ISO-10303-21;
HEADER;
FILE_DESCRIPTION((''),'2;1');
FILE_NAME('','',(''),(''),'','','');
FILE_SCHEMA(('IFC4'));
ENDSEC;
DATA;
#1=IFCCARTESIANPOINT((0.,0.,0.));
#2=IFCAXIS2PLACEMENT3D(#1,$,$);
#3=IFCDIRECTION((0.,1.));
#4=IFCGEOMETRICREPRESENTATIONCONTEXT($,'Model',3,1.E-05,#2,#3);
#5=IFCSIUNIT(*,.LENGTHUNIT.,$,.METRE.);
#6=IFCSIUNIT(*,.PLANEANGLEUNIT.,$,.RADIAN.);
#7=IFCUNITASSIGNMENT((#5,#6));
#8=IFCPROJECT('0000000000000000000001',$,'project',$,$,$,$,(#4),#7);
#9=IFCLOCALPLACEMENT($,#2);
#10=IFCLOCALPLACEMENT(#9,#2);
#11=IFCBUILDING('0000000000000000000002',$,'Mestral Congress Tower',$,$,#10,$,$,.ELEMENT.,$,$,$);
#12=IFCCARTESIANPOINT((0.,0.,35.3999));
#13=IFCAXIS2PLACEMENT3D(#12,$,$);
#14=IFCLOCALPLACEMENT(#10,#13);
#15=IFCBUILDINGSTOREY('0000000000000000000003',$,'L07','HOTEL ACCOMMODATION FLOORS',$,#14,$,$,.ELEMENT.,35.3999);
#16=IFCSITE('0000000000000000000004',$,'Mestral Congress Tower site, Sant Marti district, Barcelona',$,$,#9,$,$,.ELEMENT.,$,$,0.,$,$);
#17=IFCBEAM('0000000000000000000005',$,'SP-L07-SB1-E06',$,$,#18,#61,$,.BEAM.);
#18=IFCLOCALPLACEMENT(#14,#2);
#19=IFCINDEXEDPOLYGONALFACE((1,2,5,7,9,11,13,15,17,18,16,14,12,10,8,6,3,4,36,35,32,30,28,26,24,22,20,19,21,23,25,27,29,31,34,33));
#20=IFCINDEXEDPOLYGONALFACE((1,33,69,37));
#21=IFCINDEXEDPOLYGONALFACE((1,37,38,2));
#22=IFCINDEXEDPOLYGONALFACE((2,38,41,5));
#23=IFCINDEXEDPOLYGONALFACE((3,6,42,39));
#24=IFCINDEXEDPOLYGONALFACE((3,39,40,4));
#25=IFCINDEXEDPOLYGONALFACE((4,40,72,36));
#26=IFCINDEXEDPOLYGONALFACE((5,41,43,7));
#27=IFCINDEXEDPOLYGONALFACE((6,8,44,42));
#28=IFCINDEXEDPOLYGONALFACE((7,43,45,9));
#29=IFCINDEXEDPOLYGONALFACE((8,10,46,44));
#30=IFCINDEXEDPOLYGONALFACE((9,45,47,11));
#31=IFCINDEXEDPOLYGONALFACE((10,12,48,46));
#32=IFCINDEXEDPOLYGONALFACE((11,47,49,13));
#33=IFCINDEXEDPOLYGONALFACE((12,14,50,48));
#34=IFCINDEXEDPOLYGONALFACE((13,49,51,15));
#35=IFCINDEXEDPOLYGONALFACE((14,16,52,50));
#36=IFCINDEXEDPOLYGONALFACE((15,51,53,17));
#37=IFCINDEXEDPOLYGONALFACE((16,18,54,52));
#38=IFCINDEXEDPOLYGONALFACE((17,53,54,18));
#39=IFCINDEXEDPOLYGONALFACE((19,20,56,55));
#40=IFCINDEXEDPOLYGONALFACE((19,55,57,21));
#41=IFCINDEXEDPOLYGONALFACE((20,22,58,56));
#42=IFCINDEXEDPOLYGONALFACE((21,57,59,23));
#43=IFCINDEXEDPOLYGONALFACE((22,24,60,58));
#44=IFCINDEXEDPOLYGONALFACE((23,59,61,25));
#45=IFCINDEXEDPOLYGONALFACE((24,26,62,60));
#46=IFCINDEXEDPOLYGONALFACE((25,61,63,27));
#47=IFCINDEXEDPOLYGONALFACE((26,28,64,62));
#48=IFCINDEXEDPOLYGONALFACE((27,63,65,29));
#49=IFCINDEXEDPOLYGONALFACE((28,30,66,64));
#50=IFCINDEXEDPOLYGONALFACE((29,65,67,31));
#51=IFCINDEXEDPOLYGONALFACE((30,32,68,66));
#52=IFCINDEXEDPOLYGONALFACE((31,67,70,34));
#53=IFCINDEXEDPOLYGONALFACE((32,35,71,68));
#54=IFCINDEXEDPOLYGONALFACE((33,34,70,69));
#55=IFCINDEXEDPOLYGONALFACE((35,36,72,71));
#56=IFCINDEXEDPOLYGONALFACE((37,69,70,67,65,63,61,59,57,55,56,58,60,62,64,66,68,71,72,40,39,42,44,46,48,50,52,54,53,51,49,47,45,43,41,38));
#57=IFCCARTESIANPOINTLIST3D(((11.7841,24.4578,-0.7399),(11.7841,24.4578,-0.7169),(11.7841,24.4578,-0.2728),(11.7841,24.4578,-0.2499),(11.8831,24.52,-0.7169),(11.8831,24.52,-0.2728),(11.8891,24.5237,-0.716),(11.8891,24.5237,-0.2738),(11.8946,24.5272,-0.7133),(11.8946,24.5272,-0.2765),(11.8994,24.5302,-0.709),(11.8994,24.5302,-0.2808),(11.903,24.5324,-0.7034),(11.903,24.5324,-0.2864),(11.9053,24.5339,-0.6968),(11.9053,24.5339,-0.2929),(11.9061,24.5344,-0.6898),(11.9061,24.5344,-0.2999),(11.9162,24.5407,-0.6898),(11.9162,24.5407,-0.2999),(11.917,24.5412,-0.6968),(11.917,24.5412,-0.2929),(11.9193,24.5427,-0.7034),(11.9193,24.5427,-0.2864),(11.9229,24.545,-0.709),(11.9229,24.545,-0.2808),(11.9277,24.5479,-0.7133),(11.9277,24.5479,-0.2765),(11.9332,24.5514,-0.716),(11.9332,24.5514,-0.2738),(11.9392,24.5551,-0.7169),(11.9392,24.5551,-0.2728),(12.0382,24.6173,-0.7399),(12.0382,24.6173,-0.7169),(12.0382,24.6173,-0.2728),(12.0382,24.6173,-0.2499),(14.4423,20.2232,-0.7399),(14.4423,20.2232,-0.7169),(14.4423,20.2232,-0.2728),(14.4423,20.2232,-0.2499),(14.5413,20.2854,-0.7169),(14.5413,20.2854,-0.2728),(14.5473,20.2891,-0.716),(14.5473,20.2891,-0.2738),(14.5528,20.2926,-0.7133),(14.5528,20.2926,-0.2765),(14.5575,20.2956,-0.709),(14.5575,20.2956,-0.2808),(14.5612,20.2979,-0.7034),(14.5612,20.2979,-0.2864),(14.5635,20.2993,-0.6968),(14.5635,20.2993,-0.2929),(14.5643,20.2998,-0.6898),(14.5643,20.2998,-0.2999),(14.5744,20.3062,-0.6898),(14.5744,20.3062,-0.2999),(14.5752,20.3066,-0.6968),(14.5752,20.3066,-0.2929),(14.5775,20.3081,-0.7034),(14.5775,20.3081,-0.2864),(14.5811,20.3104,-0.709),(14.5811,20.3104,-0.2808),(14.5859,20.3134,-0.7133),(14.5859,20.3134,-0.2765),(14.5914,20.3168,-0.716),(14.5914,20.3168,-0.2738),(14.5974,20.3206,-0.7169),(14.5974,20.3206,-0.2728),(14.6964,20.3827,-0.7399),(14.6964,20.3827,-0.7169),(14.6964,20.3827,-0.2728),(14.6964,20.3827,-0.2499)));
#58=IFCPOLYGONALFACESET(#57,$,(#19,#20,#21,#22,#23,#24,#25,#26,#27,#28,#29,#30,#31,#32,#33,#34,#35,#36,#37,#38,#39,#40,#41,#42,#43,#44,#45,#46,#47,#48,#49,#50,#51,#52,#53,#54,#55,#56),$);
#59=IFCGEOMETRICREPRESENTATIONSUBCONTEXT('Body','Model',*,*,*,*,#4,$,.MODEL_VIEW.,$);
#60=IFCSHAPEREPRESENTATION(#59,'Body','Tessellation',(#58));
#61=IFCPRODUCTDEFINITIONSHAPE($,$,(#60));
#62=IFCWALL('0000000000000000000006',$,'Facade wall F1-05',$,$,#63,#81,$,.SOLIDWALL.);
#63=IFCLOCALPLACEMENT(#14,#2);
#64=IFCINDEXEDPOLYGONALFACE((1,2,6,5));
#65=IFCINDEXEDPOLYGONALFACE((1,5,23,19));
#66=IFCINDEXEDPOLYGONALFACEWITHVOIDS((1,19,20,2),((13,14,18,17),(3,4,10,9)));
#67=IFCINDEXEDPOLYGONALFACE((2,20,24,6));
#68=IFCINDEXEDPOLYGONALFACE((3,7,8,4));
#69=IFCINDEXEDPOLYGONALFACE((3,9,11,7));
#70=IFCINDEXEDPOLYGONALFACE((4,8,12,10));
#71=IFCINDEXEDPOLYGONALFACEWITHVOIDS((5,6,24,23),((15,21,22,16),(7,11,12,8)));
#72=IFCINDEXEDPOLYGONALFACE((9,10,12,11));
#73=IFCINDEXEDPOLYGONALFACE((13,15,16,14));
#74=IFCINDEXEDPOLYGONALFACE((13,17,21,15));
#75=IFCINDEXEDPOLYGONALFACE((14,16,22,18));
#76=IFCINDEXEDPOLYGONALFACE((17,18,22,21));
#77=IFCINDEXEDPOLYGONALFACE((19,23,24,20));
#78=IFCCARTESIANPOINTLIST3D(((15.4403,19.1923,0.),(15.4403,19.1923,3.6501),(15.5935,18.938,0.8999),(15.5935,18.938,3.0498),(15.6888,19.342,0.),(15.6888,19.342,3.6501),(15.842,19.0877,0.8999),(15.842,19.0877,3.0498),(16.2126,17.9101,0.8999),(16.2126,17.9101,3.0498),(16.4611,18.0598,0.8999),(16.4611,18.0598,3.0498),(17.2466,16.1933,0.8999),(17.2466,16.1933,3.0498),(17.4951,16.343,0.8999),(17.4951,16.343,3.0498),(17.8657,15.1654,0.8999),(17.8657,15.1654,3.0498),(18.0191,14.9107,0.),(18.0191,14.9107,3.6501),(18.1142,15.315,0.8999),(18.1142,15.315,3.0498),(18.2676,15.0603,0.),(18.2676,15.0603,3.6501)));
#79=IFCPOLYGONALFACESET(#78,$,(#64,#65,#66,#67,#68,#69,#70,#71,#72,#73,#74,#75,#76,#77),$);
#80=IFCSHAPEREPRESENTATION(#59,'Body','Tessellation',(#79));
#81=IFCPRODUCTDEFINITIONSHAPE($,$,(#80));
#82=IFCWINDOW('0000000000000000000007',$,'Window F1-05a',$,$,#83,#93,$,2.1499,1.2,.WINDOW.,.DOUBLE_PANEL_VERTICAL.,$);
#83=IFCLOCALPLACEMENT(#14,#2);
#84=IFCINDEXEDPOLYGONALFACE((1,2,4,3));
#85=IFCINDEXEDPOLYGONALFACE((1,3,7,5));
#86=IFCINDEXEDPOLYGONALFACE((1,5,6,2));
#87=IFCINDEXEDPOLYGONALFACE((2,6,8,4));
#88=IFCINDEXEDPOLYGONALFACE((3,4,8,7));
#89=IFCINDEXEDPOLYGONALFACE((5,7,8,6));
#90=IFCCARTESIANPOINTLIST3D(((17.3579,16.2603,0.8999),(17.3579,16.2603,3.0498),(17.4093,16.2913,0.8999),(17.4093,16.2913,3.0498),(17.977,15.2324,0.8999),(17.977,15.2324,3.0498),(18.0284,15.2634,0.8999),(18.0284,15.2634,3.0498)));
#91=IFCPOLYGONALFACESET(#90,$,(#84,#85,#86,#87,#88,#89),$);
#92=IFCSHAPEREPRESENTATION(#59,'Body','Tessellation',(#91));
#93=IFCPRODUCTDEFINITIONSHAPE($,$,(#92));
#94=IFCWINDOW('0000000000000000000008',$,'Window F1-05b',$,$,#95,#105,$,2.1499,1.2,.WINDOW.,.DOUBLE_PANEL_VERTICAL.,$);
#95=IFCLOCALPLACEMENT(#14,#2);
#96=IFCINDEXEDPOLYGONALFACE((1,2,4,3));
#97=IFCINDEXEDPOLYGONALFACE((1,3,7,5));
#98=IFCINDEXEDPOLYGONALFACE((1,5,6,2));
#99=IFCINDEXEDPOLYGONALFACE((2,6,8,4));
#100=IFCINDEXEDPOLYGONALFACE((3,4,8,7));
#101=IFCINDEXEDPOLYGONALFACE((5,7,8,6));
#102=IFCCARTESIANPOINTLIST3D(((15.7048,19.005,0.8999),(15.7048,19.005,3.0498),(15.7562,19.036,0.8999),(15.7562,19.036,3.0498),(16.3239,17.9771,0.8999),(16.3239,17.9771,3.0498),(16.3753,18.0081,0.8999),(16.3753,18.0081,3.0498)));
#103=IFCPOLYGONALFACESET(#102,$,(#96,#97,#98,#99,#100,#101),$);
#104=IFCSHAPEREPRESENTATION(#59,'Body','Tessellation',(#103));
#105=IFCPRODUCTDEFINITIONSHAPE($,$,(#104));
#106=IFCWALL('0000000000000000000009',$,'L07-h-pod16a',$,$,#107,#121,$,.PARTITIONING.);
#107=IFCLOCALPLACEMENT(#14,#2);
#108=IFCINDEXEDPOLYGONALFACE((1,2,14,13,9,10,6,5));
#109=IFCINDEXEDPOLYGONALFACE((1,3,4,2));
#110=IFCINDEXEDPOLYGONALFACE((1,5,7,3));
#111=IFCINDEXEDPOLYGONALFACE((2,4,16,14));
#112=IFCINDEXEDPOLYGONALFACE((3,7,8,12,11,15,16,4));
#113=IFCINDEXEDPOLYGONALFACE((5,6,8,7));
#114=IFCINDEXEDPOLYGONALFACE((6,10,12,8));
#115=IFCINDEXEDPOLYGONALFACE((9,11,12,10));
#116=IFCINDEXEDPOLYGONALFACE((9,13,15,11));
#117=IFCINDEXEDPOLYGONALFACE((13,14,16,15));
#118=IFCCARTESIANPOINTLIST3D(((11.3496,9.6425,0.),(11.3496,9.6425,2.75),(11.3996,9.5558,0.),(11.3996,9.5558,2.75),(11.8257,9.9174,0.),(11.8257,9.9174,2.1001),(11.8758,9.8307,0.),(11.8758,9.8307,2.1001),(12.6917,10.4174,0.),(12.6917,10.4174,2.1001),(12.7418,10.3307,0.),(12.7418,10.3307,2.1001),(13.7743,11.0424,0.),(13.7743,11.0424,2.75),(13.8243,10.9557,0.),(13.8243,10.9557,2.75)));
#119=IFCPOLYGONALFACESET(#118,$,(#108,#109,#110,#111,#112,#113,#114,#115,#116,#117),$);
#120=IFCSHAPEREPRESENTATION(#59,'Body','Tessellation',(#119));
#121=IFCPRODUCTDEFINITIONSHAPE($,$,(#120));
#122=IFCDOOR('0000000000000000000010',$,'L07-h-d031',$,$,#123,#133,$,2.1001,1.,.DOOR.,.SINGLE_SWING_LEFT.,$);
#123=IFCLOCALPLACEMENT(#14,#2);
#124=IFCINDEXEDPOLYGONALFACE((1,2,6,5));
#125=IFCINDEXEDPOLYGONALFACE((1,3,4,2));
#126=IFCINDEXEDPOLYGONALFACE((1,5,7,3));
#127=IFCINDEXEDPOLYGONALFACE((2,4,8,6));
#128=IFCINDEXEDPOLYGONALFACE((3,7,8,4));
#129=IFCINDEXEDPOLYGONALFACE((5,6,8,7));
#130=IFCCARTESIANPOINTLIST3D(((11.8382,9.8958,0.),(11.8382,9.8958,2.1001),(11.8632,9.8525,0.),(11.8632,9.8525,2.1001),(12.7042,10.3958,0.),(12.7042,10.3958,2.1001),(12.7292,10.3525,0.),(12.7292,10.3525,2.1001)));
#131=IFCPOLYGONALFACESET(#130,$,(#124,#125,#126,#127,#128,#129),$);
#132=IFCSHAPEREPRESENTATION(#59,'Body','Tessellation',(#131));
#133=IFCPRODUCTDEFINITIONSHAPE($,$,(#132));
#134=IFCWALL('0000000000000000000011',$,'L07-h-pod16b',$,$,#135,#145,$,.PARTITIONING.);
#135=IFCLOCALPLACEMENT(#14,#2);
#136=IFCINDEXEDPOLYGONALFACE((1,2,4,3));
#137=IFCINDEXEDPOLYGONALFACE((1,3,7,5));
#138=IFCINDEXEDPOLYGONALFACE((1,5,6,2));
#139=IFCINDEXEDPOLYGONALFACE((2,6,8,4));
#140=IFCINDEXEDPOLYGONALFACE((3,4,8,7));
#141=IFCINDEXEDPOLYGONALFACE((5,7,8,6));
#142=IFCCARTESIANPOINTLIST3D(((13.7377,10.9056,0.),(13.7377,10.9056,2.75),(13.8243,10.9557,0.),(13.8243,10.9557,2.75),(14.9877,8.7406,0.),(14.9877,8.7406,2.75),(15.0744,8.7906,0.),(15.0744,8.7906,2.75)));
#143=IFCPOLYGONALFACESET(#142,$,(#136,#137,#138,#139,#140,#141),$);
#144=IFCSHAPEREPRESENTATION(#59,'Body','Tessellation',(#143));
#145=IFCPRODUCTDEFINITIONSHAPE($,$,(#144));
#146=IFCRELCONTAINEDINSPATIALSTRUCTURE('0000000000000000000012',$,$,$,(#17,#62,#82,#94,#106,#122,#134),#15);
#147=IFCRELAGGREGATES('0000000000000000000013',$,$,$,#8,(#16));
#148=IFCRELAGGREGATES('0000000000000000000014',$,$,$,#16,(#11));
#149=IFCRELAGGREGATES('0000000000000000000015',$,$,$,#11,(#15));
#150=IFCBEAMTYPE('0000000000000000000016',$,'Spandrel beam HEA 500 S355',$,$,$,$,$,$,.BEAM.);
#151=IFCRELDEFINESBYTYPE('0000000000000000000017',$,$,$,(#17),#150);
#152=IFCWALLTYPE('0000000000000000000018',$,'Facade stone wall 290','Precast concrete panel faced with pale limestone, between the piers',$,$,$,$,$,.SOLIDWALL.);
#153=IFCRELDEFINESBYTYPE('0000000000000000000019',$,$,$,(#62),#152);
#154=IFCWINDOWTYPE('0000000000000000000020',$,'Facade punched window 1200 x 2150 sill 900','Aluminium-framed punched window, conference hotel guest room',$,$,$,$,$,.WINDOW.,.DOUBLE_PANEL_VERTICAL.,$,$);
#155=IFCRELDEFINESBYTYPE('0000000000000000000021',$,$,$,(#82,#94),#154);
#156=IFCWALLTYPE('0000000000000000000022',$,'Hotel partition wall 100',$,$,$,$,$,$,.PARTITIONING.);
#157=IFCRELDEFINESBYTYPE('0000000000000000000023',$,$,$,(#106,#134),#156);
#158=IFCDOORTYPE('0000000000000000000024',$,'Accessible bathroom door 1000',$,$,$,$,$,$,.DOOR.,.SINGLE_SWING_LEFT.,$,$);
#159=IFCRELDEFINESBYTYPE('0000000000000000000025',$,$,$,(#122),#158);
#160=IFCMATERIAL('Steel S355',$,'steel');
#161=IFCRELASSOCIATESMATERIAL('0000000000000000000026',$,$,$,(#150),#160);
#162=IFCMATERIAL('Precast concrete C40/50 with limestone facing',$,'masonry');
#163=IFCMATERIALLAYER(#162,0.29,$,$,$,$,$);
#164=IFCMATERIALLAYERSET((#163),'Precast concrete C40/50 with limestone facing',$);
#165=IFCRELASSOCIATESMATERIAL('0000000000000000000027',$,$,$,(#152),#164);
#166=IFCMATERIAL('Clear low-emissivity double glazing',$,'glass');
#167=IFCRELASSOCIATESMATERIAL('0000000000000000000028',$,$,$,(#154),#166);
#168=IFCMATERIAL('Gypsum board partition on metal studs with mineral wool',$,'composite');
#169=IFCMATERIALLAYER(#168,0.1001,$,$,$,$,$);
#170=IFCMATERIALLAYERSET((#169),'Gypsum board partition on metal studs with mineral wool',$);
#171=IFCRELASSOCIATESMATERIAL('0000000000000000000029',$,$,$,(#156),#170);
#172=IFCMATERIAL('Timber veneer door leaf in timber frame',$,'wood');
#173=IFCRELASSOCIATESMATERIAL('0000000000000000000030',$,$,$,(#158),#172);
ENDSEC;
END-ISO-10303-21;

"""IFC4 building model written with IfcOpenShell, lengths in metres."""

from ifc_helpers import new_model, si_unit, direction, frame, frame_2d, origin, origin_2d, place, context, subcontext, project, spatial, rectangle, i_section, extrude, material, layer, layer_set, material_profile, profile_set, type_object, element, fill, save


model = new_model("IFC4")

# Units and contexts
model_context = context("Model", 3, precision=1e-05, world=origin(), true_north=direction((0.0, 1.0)))
body_context = subcontext(model_context, "Body", "Model", "MODEL_VIEW")
ifc_project = project(units=[si_unit("LENGTHUNIT", "METRE"), si_unit("PLANEANGLEUNIT", "RADIAN")], contexts=[model_context])

# Site, building, storey
site_placement = place(None, origin())
site = spatial("IfcSite", under=ifc_project, at=site_placement, Name="Mestral Congress Tower site, Sant Marti district, Barcelona", CompositionType="ELEMENT", RefElevation=0.0)
building_placement = place(site_placement, origin())
building = spatial("IfcBuilding", under=site, at=building_placement, Name="Mestral Congress Tower", CompositionType="ELEMENT")
storey_placement = place(building_placement, frame((0.0, 0.0, 35.3999)))
storey = spatial("IfcBuildingStorey", under=building, at=storey_placement, Name="L07", Description="HOTEL ACCOMMODATION FLOORS", CompositionType="ELEMENT", Elevation=35.3999)

# Beam
ifc_material_1 = material(Name="Steel S355", Category="steel")
ifc_material_profile_1 = material_profile(ifc_material_1, i_section(OverallWidth=0.3, OverallDepth=0.49, WebThickness=0.012, FlangeThickness=0.0229, FilletRadius=0.0271, at=origin_2d()), Name="HEA 500")
ifc_profile_set_1 = profile_set([ifc_material_profile_1], Name="Steel S355")
beam_type_1 = type_object("IfcBeamType", Name="Spandrel beam HEA 500 S355", PredefinedType="BEAM", material=ifc_profile_set_1)
for number, where, z_axis, x_axis, name in (
    (1, (14.5693, 20.303, -0.4949), (-0.531661, 0.846957, 0.0), (-0.846957, -0.531661, 0.0), "SP-L07-SB1-E06"),
):
    element("IfcBeam", number, at=place(storey_placement, frame(where, z_axis=z_axis, x_axis=x_axis)), inside=storey, type_object=beam_type_1, Name=name, PredefinedType="BEAM", context=body_context, shape_type="SweptSolid", body=[
        extrude(i_section(OverallWidth=0.3, OverallDepth=0.49, WebThickness=0.012, FlangeThickness=0.0229, FilletRadius=0.0271, at=origin_2d()), origin(), (0.0, 0.0, 1.0), 4.9998),
    ])

# Wall, openings, windows
ifc_material_2 = material(Name="Precast concrete C40/50 with limestone facing", Category="masonry")
ifc_layer_1 = layer(ifc_material_2, 0.29)
ifc_layer_set_1 = layer_set([ifc_layer_1], Name="Precast concrete C40/50 with limestone facing")
wall_type_1 = type_object("IfcWallType", Name="Facade stone wall 290", Description="Precast concrete panel faced with pale limestone, between the piers", PredefinedType="SOLIDWALL", material=ifc_layer_set_1)
wall_1_placement = place(storey_placement, frame((18.1433, 14.9856, 0.0), z_axis=(0.0, 0.0, 1.0), x_axis=(-0.515939, 0.856625, 0.0)))
wall_1 = element("IfcWall", 2, at=wall_1_placement, inside=storey, type_object=wall_type_1, Name="Facade wall F1-05", PredefinedType="SOLIDWALL", context=body_context, shape_type="SweptSolid", body=[
    extrude(rectangle(XDim=4.9983, YDim=0.29, at=frame_2d((2.499, 0.0))), origin(), (0.0, 0.0, 1.0), 3.6501),
])
opening_1_placement = place(wall_1_placement, frame((0.2971, 0.0, 0.8999)))
opening_1 = element("IfcOpeningElement", 3, at=opening_1_placement, cuts=wall_1, PredefinedType="OPENING", context=body_context, shape_type="SweptSolid", body=[
    extrude(rectangle(XDim=1.2, YDim=2.1499, at=frame_2d((0.6001, 1.075))), frame((0.0, 0.155, 0.0), z_axis=(0.0, -1.0, 0.0), x_axis=(1.0, 0.0, 0.0)), (0.0, 0.0, 1.0), 0.3101),
])
opening_2_placement = place(wall_1_placement, frame((3.5012, 0.0, 0.8999)))
opening_2 = element("IfcOpeningElement", 4, at=opening_2_placement, cuts=wall_1, PredefinedType="OPENING", context=body_context, shape_type="SweptSolid", body=[
    extrude(rectangle(XDim=1.2, YDim=2.1499, at=frame_2d((0.6001, 1.075))), frame((0.0, 0.155, 0.0), z_axis=(0.0, -1.0, 0.0), x_axis=(1.0, 0.0, 0.0)), (0.0, 0.0, 1.0), 0.3101),
])
ifc_material_3 = material(Name="Clear low-emissivity double glazing", Category="glass")
window_type = type_object("IfcWindowType", Name="Facade punched window 1200 x 2150 sill 900", Description="Aluminium-framed punched window, conference hotel guest room", PartitioningType="DOUBLE_PANEL_VERTICAL", PredefinedType="WINDOW", material=ifc_material_3)
window_1_placement = place(opening_1_placement, origin())
window_1 = element("IfcWindow", 5, at=window_1_placement, inside=storey, type_object=window_type, Name="Window F1-05a", OverallHeight=2.1499, OverallWidth=1.2, PartitioningType="DOUBLE_PANEL_VERTICAL", PredefinedType="WINDOW", context=body_context, shape_type="SweptSolid", body=[
    extrude(rectangle(XDim=1.2, YDim=2.1499, at=frame_2d((0.6001, 1.075))), frame((0.0, 0.0151, 0.0), z_axis=(0.0, -1.0, 0.0), x_axis=(1.0, 0.0, 0.0)), (0.0, 0.0, 1.0), 0.0601),
])
fill(opening_1, window_1)
window_2_placement = place(opening_2_placement, origin())
window_2 = element("IfcWindow", 6, at=window_2_placement, inside=storey, type_object=window_type, Name="Window F1-05b", OverallHeight=2.1499, OverallWidth=1.2, PartitioningType="DOUBLE_PANEL_VERTICAL", PredefinedType="WINDOW", context=body_context, shape_type="SweptSolid", body=[
    extrude(rectangle(XDim=1.2, YDim=2.1499, at=frame_2d((0.6001, 1.075))), frame((0.0, 0.0151, 0.0), z_axis=(0.0, -1.0, 0.0), x_axis=(1.0, 0.0, 0.0)), (0.0, 0.0, 1.0), 0.0601),
])
fill(opening_2, window_2)

# Wall, opening, door
ifc_material_4 = material(Name="Gypsum board partition on metal studs with mineral wool", Category="composite")
ifc_layer_2 = layer(ifc_material_4, 0.1001)
ifc_layer_set_2 = layer_set([ifc_layer_2], Name="Gypsum board partition on metal studs with mineral wool")
wall_type_2 = type_object("IfcWallType", Name="Hotel partition wall 100", PredefinedType="PARTITIONING", material=ifc_layer_set_2)
wall_2_placement = place(storey_placement, frame((13.7993, 10.999, 0.0), z_axis=(0.0, 0.0, 1.0), x_axis=(-0.866035, -0.499984, 0.0)))
wall_2 = element("IfcWall", 7, at=wall_2_placement, inside=storey, type_object=wall_type_2, Name="L07-h-pod16a", PredefinedType="PARTITIONING", context=body_context, shape_type="SweptSolid", body=[
    extrude(rectangle(XDim=2.7998, YDim=0.1001, at=frame_2d((1.3999, 0.0))), origin(), (0.0, 0.0, 1.0), 2.75),
])
opening_3_placement = place(wall_2_placement, frame((1.25, 0.0, 0.0)))
opening_3 = element("IfcOpeningElement", 8, at=opening_3_placement, cuts=wall_2, PredefinedType="OPENING", context=body_context, shape_type="SweptSolid", body=[
    extrude(rectangle(XDim=1.0, YDim=2.1001, at=frame_2d((0.5, 1.05))), frame((0.0, 0.0601, 0.0), z_axis=(0.0, -1.0, 0.0), x_axis=(1.0, 0.0, 0.0)), (0.0, 0.0, 1.0), 0.1201),
])
ifc_material_5 = material(Name="Timber veneer door leaf in timber frame", Category="wood")
door_type_1 = type_object("IfcDoorType", Name="Accessible bathroom door 1000", OperationType="SINGLE_SWING_LEFT", PredefinedType="DOOR", material=ifc_material_5)
door_1_placement = place(opening_3_placement, origin())
door_1 = element("IfcDoor", 9, at=door_1_placement, inside=storey, type_object=door_type_1, Name="L07-h-d031", OperationType="SINGLE_SWING_LEFT", OverallHeight=2.1001, OverallWidth=1.0, PredefinedType="DOOR", context=body_context, shape_type="SweptSolid", body=[
    extrude(rectangle(XDim=1.0, YDim=2.1001, at=frame_2d((0.5, 1.05))), frame((0.0, 0.0249, 0.0), z_axis=(0.0, -1.0, 0.0), x_axis=(1.0, 0.0, 0.0)), (0.0, 0.0, 1.0), 0.05),
])
fill(opening_3, door_1)

# Wall
wall_3_placement = place(storey_placement, frame((13.781, 10.9307, 0.0), z_axis=(0.0, 0.0, 1.0), x_axis=(0.500004, -0.866023, 0.0)))
element("IfcWall", 10, at=wall_3_placement, inside=storey, type_object=wall_type_2, Name="L07-h-pod16b", PredefinedType="PARTITIONING", context=body_context, shape_type="SweptSolid", body=[
    extrude(rectangle(XDim=2.5, YDim=0.1001, at=frame_2d((1.25, 0.0))), origin(), (0.0, 0.0, 1.0), 2.75),
])

save(model, "model.ifc")
